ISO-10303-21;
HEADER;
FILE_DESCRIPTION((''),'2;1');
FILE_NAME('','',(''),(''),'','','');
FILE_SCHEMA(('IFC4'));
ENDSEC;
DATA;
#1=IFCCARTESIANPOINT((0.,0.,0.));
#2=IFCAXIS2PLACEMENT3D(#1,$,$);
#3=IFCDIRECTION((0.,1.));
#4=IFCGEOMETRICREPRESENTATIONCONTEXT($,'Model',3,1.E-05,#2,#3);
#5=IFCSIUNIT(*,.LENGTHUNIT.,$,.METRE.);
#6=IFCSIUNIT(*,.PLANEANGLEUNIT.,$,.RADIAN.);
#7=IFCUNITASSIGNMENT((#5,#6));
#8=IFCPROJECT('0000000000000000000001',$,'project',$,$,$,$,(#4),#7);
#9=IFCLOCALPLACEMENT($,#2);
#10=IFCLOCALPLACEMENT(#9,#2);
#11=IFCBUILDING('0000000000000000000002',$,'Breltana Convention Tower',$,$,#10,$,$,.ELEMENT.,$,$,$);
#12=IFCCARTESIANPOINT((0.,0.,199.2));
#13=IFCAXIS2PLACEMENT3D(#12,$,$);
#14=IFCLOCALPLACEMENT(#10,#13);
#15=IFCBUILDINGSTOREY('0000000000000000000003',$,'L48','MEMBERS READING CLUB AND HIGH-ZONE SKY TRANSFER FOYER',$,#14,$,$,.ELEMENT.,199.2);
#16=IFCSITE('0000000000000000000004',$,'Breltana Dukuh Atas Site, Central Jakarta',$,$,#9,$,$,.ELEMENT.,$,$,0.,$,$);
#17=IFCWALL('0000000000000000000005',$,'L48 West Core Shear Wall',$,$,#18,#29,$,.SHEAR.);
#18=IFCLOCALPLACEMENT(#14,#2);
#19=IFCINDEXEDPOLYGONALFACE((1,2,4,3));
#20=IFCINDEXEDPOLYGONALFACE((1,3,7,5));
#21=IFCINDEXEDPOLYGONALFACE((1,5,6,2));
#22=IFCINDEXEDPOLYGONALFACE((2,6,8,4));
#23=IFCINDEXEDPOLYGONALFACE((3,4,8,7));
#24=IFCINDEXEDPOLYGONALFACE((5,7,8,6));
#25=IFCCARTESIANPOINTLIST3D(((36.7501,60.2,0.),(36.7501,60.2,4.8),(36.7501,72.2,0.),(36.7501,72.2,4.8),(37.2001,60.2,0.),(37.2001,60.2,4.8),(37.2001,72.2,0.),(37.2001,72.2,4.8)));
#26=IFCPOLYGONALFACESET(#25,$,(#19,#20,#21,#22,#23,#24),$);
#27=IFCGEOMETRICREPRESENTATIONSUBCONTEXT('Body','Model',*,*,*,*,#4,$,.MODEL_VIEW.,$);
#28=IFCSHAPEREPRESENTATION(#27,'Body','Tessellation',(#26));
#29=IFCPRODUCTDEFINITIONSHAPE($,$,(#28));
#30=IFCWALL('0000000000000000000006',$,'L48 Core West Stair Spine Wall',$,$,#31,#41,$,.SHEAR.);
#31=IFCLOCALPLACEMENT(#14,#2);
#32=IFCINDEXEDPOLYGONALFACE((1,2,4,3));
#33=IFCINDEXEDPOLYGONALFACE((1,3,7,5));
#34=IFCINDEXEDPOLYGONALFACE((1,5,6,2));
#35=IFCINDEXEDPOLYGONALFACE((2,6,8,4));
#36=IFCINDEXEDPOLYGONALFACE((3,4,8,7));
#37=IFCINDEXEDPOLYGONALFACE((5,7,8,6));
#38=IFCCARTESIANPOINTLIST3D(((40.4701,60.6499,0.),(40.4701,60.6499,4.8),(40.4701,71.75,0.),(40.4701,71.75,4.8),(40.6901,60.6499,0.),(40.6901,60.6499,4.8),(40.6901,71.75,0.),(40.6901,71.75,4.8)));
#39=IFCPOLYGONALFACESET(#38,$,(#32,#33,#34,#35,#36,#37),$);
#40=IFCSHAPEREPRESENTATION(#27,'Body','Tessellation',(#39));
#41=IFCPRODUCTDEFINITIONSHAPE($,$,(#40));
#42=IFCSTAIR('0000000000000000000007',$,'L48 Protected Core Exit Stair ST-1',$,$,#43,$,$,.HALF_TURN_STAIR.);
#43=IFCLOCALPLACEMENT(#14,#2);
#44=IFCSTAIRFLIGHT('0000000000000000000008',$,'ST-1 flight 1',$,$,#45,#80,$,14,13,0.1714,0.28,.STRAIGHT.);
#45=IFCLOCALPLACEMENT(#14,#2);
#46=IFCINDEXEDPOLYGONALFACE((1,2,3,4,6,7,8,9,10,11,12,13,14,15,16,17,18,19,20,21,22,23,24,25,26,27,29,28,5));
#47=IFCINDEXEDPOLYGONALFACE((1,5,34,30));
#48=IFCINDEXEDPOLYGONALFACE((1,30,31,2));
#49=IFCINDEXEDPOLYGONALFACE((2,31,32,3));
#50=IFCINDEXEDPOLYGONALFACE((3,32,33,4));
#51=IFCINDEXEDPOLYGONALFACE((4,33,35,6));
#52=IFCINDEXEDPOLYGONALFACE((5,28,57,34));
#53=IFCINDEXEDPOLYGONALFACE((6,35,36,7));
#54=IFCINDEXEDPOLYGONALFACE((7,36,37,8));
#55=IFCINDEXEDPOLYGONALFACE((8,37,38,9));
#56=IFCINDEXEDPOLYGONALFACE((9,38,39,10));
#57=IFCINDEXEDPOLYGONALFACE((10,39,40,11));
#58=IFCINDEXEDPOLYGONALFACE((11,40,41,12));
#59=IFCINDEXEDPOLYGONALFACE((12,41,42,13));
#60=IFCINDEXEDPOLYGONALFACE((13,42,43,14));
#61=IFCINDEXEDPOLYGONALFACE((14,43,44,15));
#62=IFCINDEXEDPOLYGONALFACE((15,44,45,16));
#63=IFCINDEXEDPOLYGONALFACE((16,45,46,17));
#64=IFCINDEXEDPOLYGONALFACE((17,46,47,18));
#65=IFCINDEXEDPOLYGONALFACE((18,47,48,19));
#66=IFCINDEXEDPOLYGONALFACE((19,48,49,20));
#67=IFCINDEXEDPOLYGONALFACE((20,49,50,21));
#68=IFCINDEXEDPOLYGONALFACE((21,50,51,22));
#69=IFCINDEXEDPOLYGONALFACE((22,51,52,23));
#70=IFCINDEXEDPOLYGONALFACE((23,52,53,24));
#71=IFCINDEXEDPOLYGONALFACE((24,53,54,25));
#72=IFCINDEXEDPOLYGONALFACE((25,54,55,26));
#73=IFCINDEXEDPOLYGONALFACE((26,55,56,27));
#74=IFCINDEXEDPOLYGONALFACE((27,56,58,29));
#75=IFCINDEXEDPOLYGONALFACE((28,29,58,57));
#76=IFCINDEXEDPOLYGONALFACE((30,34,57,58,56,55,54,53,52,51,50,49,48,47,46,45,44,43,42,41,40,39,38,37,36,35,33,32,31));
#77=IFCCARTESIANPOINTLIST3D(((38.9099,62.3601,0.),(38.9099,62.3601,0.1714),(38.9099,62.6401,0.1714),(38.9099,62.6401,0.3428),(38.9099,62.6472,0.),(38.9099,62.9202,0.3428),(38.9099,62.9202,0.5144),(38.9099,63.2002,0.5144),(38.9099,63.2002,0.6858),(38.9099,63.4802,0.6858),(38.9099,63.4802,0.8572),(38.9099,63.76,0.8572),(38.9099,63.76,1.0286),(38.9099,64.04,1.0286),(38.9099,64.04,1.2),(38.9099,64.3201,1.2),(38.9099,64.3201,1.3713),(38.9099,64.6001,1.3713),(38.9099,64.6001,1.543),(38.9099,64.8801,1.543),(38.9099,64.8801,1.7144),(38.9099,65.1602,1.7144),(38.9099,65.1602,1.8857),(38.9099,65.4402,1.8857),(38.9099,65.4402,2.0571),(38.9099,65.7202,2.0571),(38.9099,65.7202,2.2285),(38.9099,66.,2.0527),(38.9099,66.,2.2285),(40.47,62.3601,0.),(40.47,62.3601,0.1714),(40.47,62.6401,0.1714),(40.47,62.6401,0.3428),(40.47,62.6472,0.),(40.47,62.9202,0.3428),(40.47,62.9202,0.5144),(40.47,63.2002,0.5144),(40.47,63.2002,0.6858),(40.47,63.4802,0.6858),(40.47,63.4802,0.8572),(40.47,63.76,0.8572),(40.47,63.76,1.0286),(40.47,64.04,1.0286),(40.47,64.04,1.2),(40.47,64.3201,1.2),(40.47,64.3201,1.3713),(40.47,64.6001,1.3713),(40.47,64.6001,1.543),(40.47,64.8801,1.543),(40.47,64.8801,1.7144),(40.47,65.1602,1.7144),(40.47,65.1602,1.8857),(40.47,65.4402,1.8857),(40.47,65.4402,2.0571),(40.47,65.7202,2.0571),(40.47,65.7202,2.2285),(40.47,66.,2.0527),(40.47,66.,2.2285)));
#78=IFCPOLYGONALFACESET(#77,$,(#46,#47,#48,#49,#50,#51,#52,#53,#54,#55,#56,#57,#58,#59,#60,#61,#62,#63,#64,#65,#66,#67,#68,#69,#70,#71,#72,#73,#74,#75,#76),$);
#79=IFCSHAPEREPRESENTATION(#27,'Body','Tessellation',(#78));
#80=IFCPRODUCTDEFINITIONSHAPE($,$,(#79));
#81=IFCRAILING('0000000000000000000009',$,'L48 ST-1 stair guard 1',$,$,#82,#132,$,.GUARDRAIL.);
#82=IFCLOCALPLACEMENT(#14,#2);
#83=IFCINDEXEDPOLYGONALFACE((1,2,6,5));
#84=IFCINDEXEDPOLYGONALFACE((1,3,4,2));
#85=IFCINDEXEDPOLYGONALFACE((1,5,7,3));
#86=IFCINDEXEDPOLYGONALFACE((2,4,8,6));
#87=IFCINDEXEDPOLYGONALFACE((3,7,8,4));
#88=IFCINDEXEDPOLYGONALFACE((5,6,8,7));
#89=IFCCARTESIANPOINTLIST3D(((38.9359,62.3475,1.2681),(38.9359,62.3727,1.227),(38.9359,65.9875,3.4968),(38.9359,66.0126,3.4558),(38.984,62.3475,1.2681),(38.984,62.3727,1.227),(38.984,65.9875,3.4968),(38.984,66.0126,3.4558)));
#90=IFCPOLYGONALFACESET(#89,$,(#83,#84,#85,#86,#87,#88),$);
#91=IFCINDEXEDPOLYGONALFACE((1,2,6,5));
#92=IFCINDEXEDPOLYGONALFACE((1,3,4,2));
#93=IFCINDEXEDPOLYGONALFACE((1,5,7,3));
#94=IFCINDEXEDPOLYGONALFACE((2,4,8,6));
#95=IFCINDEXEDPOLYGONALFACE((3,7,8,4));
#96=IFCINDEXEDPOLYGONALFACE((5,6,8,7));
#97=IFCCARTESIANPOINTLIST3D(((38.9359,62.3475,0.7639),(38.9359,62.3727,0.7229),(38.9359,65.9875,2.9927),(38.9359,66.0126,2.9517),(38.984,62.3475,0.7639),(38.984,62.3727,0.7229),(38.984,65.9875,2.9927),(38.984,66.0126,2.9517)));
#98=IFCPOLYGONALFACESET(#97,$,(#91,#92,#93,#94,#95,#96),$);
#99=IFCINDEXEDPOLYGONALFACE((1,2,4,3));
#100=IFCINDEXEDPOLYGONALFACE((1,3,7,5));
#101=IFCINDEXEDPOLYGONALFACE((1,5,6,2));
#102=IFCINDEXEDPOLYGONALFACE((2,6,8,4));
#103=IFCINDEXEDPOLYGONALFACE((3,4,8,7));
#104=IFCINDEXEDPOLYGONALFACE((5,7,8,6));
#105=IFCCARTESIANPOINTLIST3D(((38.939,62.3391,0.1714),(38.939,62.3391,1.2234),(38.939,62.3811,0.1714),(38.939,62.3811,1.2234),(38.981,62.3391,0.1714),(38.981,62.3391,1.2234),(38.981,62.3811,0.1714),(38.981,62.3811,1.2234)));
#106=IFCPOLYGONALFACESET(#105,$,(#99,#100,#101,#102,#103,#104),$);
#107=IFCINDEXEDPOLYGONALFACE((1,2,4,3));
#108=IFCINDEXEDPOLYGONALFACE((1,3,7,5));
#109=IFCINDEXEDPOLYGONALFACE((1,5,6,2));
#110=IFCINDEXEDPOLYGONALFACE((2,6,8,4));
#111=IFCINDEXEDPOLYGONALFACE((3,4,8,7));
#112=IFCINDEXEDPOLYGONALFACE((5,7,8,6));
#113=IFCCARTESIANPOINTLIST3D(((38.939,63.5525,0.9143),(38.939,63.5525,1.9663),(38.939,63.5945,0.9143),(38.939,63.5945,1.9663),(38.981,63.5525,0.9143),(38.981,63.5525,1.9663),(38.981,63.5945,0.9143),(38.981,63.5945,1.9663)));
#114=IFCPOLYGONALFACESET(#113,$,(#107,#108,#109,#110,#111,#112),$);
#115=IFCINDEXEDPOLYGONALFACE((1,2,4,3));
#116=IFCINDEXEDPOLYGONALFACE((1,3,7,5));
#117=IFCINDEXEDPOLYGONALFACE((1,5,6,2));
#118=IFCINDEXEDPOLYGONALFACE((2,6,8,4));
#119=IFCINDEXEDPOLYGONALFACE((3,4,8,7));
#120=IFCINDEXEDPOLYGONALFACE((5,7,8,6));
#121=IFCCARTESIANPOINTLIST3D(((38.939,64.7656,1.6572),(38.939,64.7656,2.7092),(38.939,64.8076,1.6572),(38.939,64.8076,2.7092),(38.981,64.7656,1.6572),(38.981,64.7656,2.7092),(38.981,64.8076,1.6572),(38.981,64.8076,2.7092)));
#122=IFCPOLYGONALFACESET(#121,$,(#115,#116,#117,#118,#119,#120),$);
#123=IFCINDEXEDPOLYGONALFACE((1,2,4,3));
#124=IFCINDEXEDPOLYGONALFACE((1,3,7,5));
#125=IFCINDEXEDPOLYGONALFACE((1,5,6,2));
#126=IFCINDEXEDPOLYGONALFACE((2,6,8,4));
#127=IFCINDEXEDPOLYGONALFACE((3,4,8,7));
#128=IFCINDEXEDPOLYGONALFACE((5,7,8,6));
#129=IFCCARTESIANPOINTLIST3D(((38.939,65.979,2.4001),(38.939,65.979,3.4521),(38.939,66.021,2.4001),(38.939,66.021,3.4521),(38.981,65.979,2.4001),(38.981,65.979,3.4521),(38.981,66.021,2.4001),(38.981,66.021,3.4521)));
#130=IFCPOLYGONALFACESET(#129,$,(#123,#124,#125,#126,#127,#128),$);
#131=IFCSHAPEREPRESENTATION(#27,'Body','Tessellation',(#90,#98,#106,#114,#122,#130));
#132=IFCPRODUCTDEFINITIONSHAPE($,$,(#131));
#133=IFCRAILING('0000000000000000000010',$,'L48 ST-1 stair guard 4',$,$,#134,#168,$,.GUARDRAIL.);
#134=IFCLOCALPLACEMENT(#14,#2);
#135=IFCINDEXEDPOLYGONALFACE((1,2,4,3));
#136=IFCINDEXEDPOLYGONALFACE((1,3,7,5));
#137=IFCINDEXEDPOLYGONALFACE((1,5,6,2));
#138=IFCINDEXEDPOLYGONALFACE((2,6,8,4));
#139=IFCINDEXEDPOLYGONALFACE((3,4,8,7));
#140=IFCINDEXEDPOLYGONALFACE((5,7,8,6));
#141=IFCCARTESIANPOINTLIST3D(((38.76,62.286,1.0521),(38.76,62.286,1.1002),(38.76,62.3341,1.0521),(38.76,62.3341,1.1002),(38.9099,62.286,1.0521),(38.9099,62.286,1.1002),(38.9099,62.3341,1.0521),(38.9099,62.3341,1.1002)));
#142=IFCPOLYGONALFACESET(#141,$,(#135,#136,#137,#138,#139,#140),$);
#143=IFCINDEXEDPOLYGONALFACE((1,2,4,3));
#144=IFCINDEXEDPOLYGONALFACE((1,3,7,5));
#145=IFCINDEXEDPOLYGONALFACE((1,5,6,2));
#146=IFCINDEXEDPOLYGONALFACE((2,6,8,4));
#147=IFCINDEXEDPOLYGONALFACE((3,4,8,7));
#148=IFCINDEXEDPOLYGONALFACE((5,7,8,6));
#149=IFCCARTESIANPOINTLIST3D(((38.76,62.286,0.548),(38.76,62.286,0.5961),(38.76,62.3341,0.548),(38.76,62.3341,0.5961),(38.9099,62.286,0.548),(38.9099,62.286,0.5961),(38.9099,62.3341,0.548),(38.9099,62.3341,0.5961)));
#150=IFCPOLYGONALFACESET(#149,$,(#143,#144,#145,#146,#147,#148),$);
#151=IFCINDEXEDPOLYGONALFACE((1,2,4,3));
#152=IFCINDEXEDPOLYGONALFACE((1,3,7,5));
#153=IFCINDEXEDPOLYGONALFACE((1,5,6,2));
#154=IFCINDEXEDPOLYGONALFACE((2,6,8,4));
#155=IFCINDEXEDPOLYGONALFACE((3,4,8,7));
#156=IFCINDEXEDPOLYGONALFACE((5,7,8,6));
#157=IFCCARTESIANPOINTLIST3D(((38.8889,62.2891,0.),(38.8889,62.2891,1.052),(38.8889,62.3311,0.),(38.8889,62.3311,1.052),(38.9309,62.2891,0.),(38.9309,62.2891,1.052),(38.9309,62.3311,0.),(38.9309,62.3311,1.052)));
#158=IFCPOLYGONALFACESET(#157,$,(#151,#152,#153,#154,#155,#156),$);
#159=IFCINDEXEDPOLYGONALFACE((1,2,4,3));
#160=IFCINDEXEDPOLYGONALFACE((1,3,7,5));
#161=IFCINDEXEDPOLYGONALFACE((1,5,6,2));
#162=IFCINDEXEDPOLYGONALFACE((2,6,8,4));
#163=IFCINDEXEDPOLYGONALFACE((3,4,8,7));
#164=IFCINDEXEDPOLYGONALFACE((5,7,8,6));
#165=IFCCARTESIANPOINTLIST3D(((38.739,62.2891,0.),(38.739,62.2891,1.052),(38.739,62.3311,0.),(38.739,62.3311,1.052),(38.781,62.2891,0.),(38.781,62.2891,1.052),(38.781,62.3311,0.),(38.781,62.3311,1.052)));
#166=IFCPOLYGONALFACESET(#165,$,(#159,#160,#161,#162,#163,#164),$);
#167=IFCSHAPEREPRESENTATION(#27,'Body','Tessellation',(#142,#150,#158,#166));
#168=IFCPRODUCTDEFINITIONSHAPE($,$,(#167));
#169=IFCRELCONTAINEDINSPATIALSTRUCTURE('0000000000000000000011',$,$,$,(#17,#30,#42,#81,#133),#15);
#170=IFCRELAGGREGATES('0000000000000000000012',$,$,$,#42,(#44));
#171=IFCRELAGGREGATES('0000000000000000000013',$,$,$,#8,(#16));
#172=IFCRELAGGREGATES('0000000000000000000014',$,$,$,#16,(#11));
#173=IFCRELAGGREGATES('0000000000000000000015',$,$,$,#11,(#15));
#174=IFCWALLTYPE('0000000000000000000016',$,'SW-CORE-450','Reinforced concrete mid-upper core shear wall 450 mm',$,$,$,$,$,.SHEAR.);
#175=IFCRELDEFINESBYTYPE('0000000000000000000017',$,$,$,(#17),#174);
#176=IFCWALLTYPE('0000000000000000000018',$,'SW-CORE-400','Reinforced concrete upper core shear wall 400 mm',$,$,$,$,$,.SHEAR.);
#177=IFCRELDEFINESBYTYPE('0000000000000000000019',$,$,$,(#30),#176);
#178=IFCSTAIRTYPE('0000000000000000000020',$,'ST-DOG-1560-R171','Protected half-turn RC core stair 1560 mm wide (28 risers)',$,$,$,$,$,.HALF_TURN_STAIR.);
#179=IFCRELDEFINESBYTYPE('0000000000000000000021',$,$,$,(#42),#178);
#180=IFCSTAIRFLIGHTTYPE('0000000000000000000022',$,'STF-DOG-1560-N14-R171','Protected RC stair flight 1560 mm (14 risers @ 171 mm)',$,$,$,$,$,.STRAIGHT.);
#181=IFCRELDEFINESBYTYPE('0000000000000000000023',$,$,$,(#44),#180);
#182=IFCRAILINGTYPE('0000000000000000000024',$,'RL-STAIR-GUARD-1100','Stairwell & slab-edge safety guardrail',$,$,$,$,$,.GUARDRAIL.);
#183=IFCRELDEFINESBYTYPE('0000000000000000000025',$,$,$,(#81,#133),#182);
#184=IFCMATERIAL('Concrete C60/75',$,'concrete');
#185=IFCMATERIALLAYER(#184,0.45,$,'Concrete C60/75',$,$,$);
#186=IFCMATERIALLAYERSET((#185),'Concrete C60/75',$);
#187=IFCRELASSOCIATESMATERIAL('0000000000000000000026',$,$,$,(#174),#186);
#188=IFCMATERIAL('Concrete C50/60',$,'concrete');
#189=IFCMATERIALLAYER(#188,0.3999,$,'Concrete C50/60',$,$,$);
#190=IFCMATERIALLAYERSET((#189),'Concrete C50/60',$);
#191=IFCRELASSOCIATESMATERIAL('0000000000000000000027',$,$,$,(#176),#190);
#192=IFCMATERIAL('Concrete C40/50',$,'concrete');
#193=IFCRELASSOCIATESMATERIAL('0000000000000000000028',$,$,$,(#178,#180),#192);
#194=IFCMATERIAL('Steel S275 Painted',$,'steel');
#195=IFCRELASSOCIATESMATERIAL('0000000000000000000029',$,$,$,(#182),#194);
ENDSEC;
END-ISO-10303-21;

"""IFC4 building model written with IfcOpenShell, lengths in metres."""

from ifc_helpers import new_model, si_unit, direction, frame, frame_2d, origin, origin_2d, place, context, subcontext, project, spatial, polyline, rectangle, outline, extrude, source, transform, mapped, material, layer, layer_set, type_object, element, aggregate, save


model = new_model("IFC4")

# Units and contexts
model_context = context("Model", 3, precision=1e-05, world=origin(), true_north=direction((0.0, 1.0)))
body_context = subcontext(model_context, "Body", "Model", "MODEL_VIEW")
ifc_project = project(units=[si_unit("LENGTHUNIT", "METRE"), si_unit("PLANEANGLEUNIT", "RADIAN")], contexts=[model_context])

# Site, building, storey
site_placement = place(None, origin())
site = spatial("IfcSite", under=ifc_project, at=site_placement, Name="Breltana Dukuh Atas Site, Central Jakarta", CompositionType="ELEMENT", RefElevation=0.0)
building_placement = place(site_placement, origin())
building = spatial("IfcBuilding", under=site, at=building_placement, Name="Breltana Convention Tower", CompositionType="ELEMENT")
storey_placement = place(building_placement, frame((0.0, 0.0, 199.2)))
storey = spatial("IfcBuildingStorey", under=building, at=storey_placement, Name="L48", Description="MEMBERS READING CLUB AND HIGH-ZONE SKY TRANSFER FOYER", CompositionType="ELEMENT", Elevation=199.2)

# Wall
ifc_material_1 = material(Name="Concrete C60/75", Category="concrete")
ifc_layer_1 = layer(ifc_material_1, 0.45, Name="Concrete C60/75")
ifc_layer_set_1 = layer_set([ifc_layer_1], Name="Concrete C60/75")
wall_type_1 = type_object("IfcWallType", Name="SW-CORE-450", Description="Reinforced concrete mid-upper core shear wall 450 mm", PredefinedType="SHEAR", material=ifc_layer_set_1)
shared_shape_1 = source(origin(), body_context, "Body", "SweptSolid", [
    extrude(rectangle(XDim=12.0, YDim=0.45, at=frame_2d((6.0, 0.0))), origin(), (0.0, 0.0, 1.0), 4.8),
])
wall_1_placement = place(storey_placement, frame((36.9751, 60.2, 0.0), z_axis=(0.0, 0.0, 1.0), x_axis=(0.0, 1.0, 0.0)))
element("IfcWall", 1, at=wall_1_placement, inside=storey, type_object=wall_type_1, Name="L48 West Core Shear Wall", PredefinedType="SHEAR", context=body_context, shape_type="MappedRepresentation", body=[
    mapped(shared_shape_1, transform((0.0, 0.0, 0.0), scale=1.0)),
])

# Wall
ifc_material_2 = material(Name="Concrete C50/60", Category="concrete")
ifc_layer_2 = layer(ifc_material_2, 0.3999, Name="Concrete C50/60")
ifc_layer_set_2 = layer_set([ifc_layer_2], Name="Concrete C50/60")
wall_type_2 = type_object("IfcWallType", Name="SW-CORE-400", Description="Reinforced concrete upper core shear wall 400 mm", PredefinedType="SHEAR", material=ifc_layer_set_2)
shared_shape_2 = source(origin(), body_context, "Body", "SweptSolid", [
    extrude(rectangle(XDim=11.1001, YDim=0.22, at=frame_2d((5.55, 0.0))), origin(), (0.0, 0.0, 1.0), 4.8),
])
wall_2_placement = place(storey_placement, frame((40.5801, 60.6499, 0.0), z_axis=(0.0, 0.0, 1.0), x_axis=(0.0, 1.0, 0.0)))
element("IfcWall", 2, at=wall_2_placement, inside=storey, type_object=wall_type_2, Name="L48 Core West Stair Spine Wall", PredefinedType="SHEAR", context=body_context, shape_type="MappedRepresentation", body=[
    mapped(shared_shape_2, transform((0.0, 0.0, 0.0), scale=1.0)),
])

# Stair, stair flight
ifc_material_3 = material(Name="Concrete C40/50", Category="concrete")
stair_type = type_object("IfcStairType", Name="ST-DOG-1560-R171", Description="Protected half-turn RC core stair 1560 mm wide (28 risers)", PredefinedType="HALF_TURN_STAIR", material=ifc_material_3)
stair_placement = place(storey_placement, origin())
stair = element("IfcStair", 3, at=stair_placement, inside=storey, type_object=stair_type, Name="L48 Protected Core Exit Stair ST-1", PredefinedType="HALF_TURN_STAIR")
stair_flight_type = type_object("IfcStairFlightType", Name="STF-DOG-1560-N14-R171", Description="Protected RC stair flight 1560 mm (14 risers @ 171 mm)", PredefinedType="STRAIGHT", material=ifc_material_3)
stair_flight_placement = place(storey_placement, frame((39.6899, 62.3601, 0.0), z_axis=(0.0, 0.0, 1.0), x_axis=(0.0, 1.0, 0.0)))
stair_flight = element("IfcStairFlight", 4, at=stair_flight_placement, type_object=stair_flight_type, Name="ST-1 flight 1", NumberOfRisers=14, NumberOfTreads=13, PredefinedType="STRAIGHT", RiserHeight=0.1714, TreadLength=0.28, context=body_context, shape_type="SweptSolid", body=[
    extrude(outline(polyline([(0.0, 0.0), (0.0, 0.1714), (0.28, 0.1714), (0.28, 0.3428), (0.5601, 0.3428), (0.5601, 0.5144), (0.8401, 0.5144), (0.8401, 0.6858), (1.1201, 0.6858), (1.1201, 0.8572), (1.3999, 0.8572), (1.3999, 1.0286), (1.6799, 1.0286), (1.6799, 1.2), (1.96, 1.2), (1.96, 1.3713), (2.24, 1.3713), (2.24, 1.543), (2.52, 1.543), (2.52, 1.7144), (2.8, 1.7144), (2.8, 1.8857), (3.0801, 1.8857), (3.0801, 2.0571), (3.3601, 2.0571), (3.3601, 2.2285), (3.6399, 2.2285), (3.6399, 2.3999), (3.6399, 2.0527), (0.2871, 0.0), (0.0, 0.0)])), frame((0.0, 0.78, 0.0), z_axis=(0.0, -1.0, 0.0), x_axis=(1.0, 0.0, 0.0)), (0.0, 0.0, 1.0), 1.5601),
])
aggregate(stair, [stair_flight])

# Railings
ifc_material_4 = material(Name="Steel S275 Painted", Category="steel")
railing_type_1 = type_object("IfcRailingType", Name="RL-STAIR-GUARD-1100", Description="Stairwell & slab-edge safety guardrail", PredefinedType="GUARDRAIL", material=ifc_material_4)
railing_1_placement = place(storey_placement, frame((38.96, 62.3601, 0.1714)))
element("IfcRailing", 5, at=railing_1_placement, inside=storey, type_object=railing_type_1, Name="L48 ST-1 stair guard 1", PredefinedType="GUARDRAIL", context=body_context, shape_type="SweptSolid", body=[
    extrude(rectangle(XDim=0.0481, YDim=0.0481, at=origin_2d()), frame((0.0, 0.0, 1.0762), z_axis=(0.0, 0.852825, 0.522197), x_axis=(-1.0, 0.0, 0.0)), (0.0, 0.0, 1.0), 4.2681),
    extrude(rectangle(XDim=0.0481, YDim=0.0481, at=origin_2d()), frame((0.0, 0.0, 0.572), z_axis=(0.0, 0.852825, 0.522197), x_axis=(-1.0, 0.0, 0.0)), (0.0, 0.0, 1.0), 4.2681),
    extrude(rectangle(XDim=0.042, YDim=0.042, at=origin_2d()), origin(), (0.0, 0.0, 1.0), 1.052),
    extrude(rectangle(XDim=0.042, YDim=0.042, at=origin_2d()), frame((0.0, 1.2134, 0.7429)), (0.0, 0.0, 1.0), 1.052),
    extrude(rectangle(XDim=0.042, YDim=0.042, at=origin_2d()), frame((0.0, 2.4265, 1.4858)), (0.0, 0.0, 1.0), 1.052),
    extrude(rectangle(XDim=0.042, YDim=0.042, at=origin_2d()), frame((0.0, 3.6399, 2.2288)), (0.0, 0.0, 1.0), 1.052),
])
railing_2_placement = place(storey_placement, frame((38.9099, 62.3101, 0.0)))
element("IfcRailing", 6, at=railing_2_placement, inside=storey, type_object=railing_type_1, Name="L48 ST-1 stair guard 4", PredefinedType="GUARDRAIL", context=body_context, shape_type="SweptSolid", body=[
    extrude(rectangle(XDim=0.0481, YDim=0.0481, at=origin_2d()), frame((0.0, 0.0, 1.0762), z_axis=(-1.0, 0.0, 0.0), x_axis=(0.0, -1.0, 0.0)), (0.0, 0.0, 1.0), 0.1499),
    extrude(rectangle(XDim=0.0481, YDim=0.0481, at=origin_2d()), frame((0.0, 0.0, 0.572), z_axis=(-1.0, 0.0, 0.0), x_axis=(0.0, -1.0, 0.0)), (0.0, 0.0, 1.0), 0.1499),
    extrude(rectangle(XDim=0.042, YDim=0.042, at=origin_2d()), origin(), (0.0, 0.0, 1.0), 1.052),
    extrude(rectangle(XDim=0.042, YDim=0.042, at=origin_2d()), frame((-0.1499, 0.0, 0.0)), (0.0, 0.0, 1.0), 1.052),
])

save(model, "model.ifc")
